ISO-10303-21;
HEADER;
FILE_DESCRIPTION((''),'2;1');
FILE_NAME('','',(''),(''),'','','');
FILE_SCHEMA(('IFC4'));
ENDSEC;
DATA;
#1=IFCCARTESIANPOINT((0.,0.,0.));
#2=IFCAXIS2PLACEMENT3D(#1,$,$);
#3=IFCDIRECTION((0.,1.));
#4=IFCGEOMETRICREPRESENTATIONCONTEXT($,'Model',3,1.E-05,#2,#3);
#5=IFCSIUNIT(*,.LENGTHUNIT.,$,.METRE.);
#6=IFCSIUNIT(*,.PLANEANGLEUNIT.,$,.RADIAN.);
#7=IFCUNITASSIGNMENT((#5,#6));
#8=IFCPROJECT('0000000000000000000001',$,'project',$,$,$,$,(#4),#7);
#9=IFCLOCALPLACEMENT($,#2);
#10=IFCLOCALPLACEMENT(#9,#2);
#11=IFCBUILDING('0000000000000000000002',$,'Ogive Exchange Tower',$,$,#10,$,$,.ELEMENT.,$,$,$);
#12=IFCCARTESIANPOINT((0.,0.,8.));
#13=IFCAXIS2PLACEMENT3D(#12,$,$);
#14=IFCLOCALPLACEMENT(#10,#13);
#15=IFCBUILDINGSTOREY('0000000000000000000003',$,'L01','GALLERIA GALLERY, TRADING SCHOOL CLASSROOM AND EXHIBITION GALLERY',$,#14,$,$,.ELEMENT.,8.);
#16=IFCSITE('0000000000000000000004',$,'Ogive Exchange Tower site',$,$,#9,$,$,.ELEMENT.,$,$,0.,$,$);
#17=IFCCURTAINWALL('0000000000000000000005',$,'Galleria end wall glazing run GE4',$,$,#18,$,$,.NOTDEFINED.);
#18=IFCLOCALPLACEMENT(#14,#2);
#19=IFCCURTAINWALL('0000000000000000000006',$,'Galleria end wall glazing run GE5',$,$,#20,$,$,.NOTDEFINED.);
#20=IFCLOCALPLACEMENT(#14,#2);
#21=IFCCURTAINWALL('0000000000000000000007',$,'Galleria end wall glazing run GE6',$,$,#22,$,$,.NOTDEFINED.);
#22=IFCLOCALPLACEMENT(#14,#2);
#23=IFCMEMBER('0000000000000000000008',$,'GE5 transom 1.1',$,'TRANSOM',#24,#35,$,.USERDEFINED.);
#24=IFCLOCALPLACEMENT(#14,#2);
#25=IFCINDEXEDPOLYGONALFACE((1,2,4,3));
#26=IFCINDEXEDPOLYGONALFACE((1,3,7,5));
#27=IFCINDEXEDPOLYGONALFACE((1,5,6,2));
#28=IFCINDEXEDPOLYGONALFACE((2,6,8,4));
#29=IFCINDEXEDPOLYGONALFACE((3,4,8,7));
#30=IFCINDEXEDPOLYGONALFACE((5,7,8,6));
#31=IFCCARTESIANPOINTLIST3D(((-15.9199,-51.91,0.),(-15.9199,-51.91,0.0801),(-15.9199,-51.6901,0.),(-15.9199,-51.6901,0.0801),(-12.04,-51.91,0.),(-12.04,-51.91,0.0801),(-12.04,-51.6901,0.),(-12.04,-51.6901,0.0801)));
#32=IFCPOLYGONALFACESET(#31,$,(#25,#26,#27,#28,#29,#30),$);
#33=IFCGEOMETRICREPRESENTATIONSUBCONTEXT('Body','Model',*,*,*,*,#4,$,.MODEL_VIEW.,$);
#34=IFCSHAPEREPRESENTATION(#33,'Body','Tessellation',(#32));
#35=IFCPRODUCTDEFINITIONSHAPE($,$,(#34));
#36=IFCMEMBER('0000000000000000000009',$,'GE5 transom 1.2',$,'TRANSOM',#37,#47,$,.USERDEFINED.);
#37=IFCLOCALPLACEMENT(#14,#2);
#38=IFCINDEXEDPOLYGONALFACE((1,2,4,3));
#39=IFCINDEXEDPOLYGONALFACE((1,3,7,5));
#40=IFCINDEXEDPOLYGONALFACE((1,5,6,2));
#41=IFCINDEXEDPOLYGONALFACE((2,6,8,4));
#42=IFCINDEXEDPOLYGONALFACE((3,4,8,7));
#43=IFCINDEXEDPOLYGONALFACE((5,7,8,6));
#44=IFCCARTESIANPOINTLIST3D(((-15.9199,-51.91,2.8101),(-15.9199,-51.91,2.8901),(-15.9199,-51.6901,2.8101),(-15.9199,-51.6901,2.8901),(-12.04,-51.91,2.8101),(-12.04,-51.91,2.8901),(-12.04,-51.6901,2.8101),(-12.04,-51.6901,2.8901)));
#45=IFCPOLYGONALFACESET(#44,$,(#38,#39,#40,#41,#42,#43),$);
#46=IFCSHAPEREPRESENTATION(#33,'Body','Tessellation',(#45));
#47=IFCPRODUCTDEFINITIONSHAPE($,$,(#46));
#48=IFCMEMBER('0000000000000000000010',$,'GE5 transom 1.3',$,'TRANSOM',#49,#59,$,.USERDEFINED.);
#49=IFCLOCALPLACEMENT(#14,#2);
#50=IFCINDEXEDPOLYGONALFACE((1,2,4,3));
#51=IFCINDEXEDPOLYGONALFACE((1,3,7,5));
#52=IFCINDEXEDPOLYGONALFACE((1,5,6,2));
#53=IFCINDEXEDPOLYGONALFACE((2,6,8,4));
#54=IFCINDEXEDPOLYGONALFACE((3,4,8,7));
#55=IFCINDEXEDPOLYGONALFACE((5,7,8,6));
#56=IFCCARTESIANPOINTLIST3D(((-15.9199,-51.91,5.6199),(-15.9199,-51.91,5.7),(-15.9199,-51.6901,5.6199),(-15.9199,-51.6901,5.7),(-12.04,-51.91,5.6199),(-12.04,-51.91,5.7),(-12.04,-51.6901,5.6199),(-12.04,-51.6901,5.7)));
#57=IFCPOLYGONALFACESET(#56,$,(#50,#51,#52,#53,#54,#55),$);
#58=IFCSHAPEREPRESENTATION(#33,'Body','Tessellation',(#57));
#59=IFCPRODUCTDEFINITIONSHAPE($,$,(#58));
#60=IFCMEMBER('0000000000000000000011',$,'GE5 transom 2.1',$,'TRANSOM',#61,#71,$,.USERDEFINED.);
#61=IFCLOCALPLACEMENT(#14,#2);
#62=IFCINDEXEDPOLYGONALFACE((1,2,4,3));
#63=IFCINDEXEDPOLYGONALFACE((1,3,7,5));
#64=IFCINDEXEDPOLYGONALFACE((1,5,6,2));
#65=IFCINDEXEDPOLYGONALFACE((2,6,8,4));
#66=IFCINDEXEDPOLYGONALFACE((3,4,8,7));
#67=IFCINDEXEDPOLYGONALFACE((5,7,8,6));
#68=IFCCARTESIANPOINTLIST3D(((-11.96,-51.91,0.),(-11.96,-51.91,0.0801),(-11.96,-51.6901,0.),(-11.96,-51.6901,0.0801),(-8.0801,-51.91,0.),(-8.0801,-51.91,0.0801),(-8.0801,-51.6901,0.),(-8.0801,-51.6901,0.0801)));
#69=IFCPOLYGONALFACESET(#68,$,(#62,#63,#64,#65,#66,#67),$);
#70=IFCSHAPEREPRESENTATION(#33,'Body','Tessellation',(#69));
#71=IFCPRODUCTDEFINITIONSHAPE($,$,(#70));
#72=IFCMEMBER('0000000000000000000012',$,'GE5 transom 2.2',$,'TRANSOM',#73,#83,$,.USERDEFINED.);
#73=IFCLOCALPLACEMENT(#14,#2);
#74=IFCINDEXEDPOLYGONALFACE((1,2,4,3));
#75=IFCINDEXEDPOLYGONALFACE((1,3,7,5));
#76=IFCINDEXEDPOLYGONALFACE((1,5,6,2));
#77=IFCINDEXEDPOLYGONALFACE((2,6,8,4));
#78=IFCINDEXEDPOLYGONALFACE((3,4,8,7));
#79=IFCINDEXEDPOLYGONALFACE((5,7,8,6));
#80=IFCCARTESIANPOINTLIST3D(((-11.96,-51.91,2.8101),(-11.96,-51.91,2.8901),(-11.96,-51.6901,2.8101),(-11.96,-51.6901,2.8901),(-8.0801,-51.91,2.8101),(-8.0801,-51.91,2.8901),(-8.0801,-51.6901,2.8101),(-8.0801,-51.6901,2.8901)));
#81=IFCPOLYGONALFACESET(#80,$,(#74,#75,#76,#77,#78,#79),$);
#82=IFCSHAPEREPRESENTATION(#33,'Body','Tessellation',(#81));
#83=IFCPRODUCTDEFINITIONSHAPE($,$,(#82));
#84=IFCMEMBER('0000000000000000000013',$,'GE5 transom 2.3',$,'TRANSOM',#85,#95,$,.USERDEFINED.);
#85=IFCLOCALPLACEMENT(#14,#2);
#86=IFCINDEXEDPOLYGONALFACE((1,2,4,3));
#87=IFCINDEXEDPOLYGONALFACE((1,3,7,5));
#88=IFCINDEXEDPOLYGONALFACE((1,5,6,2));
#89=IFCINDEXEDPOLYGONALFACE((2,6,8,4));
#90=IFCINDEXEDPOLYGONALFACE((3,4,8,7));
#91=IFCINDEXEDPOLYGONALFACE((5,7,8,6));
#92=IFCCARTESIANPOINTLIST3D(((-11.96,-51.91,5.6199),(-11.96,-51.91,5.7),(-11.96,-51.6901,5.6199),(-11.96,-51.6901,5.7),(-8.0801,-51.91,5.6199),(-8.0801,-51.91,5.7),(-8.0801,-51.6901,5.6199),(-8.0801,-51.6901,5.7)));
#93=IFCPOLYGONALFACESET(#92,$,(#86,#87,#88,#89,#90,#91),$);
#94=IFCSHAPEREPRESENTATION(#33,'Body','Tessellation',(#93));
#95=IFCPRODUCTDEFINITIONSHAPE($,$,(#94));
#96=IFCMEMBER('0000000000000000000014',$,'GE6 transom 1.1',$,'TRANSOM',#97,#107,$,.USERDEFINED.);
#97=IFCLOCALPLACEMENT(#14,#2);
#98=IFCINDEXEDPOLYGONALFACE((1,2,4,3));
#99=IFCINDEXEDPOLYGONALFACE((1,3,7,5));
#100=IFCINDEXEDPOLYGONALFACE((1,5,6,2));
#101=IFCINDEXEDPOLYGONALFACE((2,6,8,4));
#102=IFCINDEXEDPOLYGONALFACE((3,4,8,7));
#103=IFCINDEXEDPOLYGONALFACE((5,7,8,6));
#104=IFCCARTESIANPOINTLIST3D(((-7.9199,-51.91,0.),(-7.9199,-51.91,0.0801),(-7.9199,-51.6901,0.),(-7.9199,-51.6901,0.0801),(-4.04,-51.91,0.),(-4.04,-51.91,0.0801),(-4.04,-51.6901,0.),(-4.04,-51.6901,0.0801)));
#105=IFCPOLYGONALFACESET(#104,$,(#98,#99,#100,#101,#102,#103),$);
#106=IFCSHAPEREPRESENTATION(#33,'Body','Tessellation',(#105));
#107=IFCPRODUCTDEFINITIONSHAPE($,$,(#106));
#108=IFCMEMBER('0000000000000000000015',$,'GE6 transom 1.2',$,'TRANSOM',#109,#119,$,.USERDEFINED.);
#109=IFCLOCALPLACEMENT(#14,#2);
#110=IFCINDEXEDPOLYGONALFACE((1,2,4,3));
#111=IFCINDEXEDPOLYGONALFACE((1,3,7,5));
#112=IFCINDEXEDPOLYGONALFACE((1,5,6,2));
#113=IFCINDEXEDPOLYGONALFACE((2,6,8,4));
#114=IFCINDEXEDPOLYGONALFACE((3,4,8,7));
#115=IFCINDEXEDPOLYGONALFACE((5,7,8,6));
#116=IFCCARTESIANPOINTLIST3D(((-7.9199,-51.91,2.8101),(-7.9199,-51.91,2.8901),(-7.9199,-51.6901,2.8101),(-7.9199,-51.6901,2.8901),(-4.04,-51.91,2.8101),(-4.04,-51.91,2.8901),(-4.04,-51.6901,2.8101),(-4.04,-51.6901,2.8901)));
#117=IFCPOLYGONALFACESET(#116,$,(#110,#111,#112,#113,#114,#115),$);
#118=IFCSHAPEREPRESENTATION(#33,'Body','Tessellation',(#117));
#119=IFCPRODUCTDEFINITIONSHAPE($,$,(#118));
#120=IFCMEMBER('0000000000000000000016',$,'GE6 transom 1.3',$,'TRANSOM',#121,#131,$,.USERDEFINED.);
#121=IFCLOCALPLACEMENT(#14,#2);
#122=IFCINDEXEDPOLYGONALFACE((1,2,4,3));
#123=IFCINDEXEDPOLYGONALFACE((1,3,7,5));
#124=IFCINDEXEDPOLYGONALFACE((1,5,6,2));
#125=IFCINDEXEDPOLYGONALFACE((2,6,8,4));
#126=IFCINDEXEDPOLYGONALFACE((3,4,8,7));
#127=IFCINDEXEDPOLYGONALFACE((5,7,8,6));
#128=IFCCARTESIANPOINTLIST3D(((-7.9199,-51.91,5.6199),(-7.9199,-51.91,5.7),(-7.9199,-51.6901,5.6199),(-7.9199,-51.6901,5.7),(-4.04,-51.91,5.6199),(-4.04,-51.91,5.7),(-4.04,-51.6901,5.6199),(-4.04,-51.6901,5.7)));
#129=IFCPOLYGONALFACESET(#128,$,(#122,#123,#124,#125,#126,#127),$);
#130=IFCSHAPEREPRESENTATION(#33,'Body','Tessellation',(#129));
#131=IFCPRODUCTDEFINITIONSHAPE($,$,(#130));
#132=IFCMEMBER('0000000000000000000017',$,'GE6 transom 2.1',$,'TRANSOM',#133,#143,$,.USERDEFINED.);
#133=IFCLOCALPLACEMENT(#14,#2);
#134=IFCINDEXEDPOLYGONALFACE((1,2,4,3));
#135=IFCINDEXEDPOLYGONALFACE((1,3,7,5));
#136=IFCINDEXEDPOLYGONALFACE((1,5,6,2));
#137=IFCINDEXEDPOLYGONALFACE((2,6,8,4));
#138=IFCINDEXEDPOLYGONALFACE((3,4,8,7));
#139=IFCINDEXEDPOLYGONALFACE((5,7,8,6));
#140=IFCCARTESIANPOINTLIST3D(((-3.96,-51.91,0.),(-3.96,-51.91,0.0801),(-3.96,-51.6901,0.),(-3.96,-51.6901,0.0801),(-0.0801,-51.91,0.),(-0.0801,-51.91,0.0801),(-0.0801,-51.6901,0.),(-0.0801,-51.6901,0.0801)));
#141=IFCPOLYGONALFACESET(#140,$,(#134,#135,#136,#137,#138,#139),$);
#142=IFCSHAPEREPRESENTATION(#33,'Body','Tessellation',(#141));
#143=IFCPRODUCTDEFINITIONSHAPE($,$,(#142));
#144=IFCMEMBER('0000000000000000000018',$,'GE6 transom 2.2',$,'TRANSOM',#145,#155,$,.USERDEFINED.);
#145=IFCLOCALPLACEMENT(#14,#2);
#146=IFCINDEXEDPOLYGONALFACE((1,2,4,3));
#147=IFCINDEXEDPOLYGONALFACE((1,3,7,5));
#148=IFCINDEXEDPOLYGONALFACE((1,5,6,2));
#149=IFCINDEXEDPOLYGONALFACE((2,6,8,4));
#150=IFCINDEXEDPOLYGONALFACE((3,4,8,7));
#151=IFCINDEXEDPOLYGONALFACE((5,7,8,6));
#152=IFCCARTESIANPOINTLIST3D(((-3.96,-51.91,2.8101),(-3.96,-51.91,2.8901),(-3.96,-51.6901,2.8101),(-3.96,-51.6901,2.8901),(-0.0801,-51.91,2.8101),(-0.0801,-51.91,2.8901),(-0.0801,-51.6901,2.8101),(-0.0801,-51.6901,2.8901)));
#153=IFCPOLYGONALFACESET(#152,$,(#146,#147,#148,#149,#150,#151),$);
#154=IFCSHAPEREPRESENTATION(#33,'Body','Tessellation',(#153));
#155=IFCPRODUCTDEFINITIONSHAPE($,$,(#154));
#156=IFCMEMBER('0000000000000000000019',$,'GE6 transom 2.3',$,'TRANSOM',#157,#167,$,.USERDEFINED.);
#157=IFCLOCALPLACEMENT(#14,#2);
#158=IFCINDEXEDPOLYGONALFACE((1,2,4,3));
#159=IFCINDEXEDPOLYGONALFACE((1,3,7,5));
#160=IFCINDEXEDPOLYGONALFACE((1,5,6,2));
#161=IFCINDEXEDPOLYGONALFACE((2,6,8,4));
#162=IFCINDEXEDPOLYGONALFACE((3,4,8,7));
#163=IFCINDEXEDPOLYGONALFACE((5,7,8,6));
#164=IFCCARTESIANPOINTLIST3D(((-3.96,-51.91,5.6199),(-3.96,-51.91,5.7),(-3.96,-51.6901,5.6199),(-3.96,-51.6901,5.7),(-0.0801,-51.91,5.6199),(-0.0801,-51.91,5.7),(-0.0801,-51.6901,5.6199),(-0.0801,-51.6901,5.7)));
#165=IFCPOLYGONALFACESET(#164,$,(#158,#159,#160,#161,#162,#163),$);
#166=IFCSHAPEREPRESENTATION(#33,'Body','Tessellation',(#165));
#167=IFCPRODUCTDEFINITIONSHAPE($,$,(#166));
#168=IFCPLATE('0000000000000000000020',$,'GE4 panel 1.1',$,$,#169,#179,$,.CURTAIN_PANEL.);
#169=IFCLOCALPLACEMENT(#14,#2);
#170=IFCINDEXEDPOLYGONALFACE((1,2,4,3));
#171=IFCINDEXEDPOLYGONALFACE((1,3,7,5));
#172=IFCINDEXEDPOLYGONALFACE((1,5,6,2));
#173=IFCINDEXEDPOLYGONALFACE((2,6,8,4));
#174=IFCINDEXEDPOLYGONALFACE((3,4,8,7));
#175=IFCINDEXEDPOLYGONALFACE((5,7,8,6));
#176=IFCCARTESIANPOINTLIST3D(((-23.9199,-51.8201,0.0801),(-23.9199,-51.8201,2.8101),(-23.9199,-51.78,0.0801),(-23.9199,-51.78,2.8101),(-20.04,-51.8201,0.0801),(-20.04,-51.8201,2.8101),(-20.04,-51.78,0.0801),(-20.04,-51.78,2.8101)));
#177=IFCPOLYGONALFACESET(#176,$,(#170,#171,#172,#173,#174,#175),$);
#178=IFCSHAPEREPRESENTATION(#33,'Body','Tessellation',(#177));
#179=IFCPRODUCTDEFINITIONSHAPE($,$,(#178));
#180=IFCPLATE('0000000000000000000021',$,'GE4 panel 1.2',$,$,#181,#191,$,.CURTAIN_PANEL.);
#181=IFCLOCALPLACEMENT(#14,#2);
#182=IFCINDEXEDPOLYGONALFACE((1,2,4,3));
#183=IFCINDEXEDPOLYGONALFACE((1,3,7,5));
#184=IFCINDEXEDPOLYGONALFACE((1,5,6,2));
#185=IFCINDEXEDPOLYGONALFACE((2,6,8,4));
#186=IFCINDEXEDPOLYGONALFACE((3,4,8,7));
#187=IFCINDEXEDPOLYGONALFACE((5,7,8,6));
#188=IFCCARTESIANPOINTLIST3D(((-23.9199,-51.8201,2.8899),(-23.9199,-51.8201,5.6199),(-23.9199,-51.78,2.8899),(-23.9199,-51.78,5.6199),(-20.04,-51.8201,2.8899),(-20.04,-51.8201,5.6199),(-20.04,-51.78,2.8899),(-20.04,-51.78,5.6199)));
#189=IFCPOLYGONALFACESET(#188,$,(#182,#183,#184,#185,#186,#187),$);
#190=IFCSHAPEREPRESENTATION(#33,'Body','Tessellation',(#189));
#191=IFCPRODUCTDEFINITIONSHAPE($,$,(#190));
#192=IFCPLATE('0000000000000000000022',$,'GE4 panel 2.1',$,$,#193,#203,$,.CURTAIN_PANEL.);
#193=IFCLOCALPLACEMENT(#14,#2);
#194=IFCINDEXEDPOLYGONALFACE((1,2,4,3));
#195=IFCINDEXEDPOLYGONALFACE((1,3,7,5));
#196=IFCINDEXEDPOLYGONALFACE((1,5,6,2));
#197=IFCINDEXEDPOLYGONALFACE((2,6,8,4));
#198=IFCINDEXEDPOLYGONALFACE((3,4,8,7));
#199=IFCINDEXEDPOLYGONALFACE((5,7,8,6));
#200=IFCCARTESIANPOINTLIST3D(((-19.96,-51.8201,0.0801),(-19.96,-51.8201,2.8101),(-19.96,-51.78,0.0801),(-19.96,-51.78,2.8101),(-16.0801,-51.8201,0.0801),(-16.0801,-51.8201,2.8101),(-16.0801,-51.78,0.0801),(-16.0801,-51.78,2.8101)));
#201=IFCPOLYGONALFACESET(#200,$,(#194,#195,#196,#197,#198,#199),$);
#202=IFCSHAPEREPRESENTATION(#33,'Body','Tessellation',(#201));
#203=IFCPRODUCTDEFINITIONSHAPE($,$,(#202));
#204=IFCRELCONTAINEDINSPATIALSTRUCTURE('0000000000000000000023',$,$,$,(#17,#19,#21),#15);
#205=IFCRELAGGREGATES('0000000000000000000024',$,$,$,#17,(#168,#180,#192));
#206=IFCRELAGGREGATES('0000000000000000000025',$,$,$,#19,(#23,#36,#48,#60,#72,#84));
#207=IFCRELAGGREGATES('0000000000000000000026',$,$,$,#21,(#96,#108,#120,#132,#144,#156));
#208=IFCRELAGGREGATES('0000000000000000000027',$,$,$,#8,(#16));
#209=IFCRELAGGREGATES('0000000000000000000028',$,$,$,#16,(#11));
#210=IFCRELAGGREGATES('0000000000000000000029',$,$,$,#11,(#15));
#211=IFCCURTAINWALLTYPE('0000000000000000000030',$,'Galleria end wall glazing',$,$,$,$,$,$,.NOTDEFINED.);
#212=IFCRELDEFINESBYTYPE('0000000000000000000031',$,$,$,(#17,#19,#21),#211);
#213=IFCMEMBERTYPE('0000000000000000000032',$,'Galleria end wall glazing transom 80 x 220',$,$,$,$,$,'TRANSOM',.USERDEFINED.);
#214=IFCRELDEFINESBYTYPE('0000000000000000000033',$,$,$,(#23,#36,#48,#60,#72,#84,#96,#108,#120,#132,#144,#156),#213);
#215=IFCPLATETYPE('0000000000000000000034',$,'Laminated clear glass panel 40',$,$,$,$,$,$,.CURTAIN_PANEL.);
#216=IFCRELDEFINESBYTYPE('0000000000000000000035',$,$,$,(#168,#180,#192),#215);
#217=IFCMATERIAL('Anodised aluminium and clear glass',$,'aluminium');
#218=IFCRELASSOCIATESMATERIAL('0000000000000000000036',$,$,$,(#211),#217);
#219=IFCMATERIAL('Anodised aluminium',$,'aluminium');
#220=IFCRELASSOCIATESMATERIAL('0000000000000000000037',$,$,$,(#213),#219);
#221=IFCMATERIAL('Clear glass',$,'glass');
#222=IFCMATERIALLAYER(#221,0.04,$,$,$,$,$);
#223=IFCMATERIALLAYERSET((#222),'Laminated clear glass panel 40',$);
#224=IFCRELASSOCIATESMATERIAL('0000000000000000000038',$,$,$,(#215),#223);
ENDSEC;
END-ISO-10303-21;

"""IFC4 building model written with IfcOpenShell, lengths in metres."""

from ifc_helpers import new_model, si_unit, direction, frame, origin, origin_2d, place, context, subcontext, project, spatial, rectangle, extrude, material, layer, layer_set, material_profile, profile_set, type_object, element, aggregate, save


model = new_model("IFC4")

# Units and contexts
model_context = context("Model", 3, precision=1e-05, world=origin(), true_north=direction((0.0, 1.0)))
body_context = subcontext(model_context, "Body", "Model", "MODEL_VIEW")
ifc_project = project(units=[si_unit("LENGTHUNIT", "METRE"), si_unit("PLANEANGLEUNIT", "RADIAN")], contexts=[model_context])

# Site, building, storey
site_placement = place(None, origin())
site = spatial("IfcSite", under=ifc_project, at=site_placement, Name="Ogive Exchange Tower site", CompositionType="ELEMENT", RefElevation=0.0)
building_placement = place(site_placement, origin())
building = spatial("IfcBuilding", under=site, at=building_placement, Name="Ogive Exchange Tower", CompositionType="ELEMENT")
storey_placement = place(building_placement, frame((0.0, 0.0, 8.0)))
storey = spatial("IfcBuildingStorey", under=building, at=storey_placement, Name="L01", Description="GALLERIA GALLERY, TRADING SCHOOL CLASSROOM AND EXHIBITION GALLERY", CompositionType="ELEMENT", Elevation=8.0)

# Curtain walls
ifc_material_1 = material(Name="Anodised aluminium and clear glass", Category="aluminium")
curtain_wall_type = type_object("IfcCurtainWallType", Name="Galleria end wall glazing", PredefinedType="NOTDEFINED", material=ifc_material_1)
curtain_wall_1_placement = place(storey_placement, origin())
curtain_wall_1 = element("IfcCurtainWall", 1, at=curtain_wall_1_placement, inside=storey, type_object=curtain_wall_type, Name="Galleria end wall glazing run GE4", PredefinedType="NOTDEFINED")
ifc_material_2 = material(Name="Anodised aluminium", Category="aluminium")
curtain_wall_2_placement = place(storey_placement, origin())
curtain_wall_2 = element("IfcCurtainWall", 2, at=curtain_wall_2_placement, inside=storey, type_object=curtain_wall_type, Name="Galleria end wall glazing run GE5", PredefinedType="NOTDEFINED")
curtain_wall_3_placement = place(storey_placement, origin())
curtain_wall_3 = element("IfcCurtainWall", 3, at=curtain_wall_3_placement, inside=storey, type_object=curtain_wall_type, Name="Galleria end wall glazing run GE6", PredefinedType="NOTDEFINED")

# Members
ifc_material_profile_1 = material_profile(ifc_material_2, rectangle(XDim=0.22, YDim=0.0801, at=origin_2d()), Name="AL 80x220")
ifc_profile_set_1 = profile_set([ifc_material_profile_1], Name="Anodised aluminium")
member_type_1 = type_object("IfcMemberType", Name="Galleria end wall glazing transom 80 x 220", ElementType="TRANSOM", PredefinedType="USERDEFINED", material=ifc_profile_set_1)
member_1_placement = place(storey_placement, frame((-15.9199, -51.8, 0.04), z_axis=(1.0, 0.0, 0.0), x_axis=(0.0, 1.0, 0.0)))
member_1 = element("IfcMember", 4, at=member_1_placement, type_object=member_type_1, Name="GE5 transom 1.1", ObjectType="TRANSOM", PredefinedType="USERDEFINED", context=body_context, shape_type="SweptSolid", body=[
    extrude(rectangle(XDim=0.22, YDim=0.0801, at=origin_2d()), origin(), (0.0, 0.0, 1.0), 3.8799),
])
member_2_placement = place(storey_placement, frame((-15.9199, -51.8, 2.8501), z_axis=(1.0, 0.0, 0.0), x_axis=(0.0, 1.0, 0.0)))
member_2 = element("IfcMember", 5, at=member_2_placement, type_object=member_type_1, Name="GE5 transom 1.2", ObjectType="TRANSOM", PredefinedType="USERDEFINED", context=body_context, shape_type="SweptSolid", body=[
    extrude(rectangle(XDim=0.22, YDim=0.0801, at=origin_2d()), origin(), (0.0, 0.0, 1.0), 3.8799),
])
member_3_placement = place(storey_placement, frame((-15.9199, -51.8, 5.6599), z_axis=(1.0, 0.0, 0.0), x_axis=(0.0, 1.0, 0.0)))
member_3 = element("IfcMember", 6, at=member_3_placement, type_object=member_type_1, Name="GE5 transom 1.3", ObjectType="TRANSOM", PredefinedType="USERDEFINED", context=body_context, shape_type="SweptSolid", body=[
    extrude(rectangle(XDim=0.22, YDim=0.0801, at=origin_2d()), origin(), (0.0, 0.0, 1.0), 3.8799),
])
member_4_placement = place(storey_placement, frame((-11.96, -51.8, 0.04), z_axis=(1.0, 0.0, 0.0), x_axis=(0.0, 1.0, 0.0)))
member_4 = element("IfcMember", 7, at=member_4_placement, type_object=member_type_1, Name="GE5 transom 2.1", ObjectType="TRANSOM", PredefinedType="USERDEFINED", context=body_context, shape_type="SweptSolid", body=[
    extrude(rectangle(XDim=0.22, YDim=0.0801, at=origin_2d()), origin(), (0.0, 0.0, 1.0), 3.8799),
])
member_5_placement = place(storey_placement, frame((-11.96, -51.8, 2.8501), z_axis=(1.0, 0.0, 0.0), x_axis=(0.0, 1.0, 0.0)))
member_5 = element("IfcMember", 8, at=member_5_placement, type_object=member_type_1, Name="GE5 transom 2.2", ObjectType="TRANSOM", PredefinedType="USERDEFINED", context=body_context, shape_type="SweptSolid", body=[
    extrude(rectangle(XDim=0.22, YDim=0.0801, at=origin_2d()), origin(), (0.0, 0.0, 1.0), 3.8799),
])
member_6_placement = place(storey_placement, frame((-11.96, -51.8, 5.6599), z_axis=(1.0, 0.0, 0.0), x_axis=(0.0, 1.0, 0.0)))
member_6 = element("IfcMember", 9, at=member_6_placement, type_object=member_type_1, Name="GE5 transom 2.3", ObjectType="TRANSOM", PredefinedType="USERDEFINED", context=body_context, shape_type="SweptSolid", body=[
    extrude(rectangle(XDim=0.22, YDim=0.0801, at=origin_2d()), origin(), (0.0, 0.0, 1.0), 3.8799),
])
member_7_placement = place(storey_placement, frame((-7.9199, -51.8, 0.04), z_axis=(1.0, 0.0, 0.0), x_axis=(0.0, 1.0, 0.0)))
member_7 = element("IfcMember", 10, at=member_7_placement, type_object=member_type_1, Name="GE6 transom 1.1", ObjectType="TRANSOM", PredefinedType="USERDEFINED", context=body_context, shape_type="SweptSolid", body=[
    extrude(rectangle(XDim=0.22, YDim=0.0801, at=origin_2d()), origin(), (0.0, 0.0, 1.0), 3.8799),
])
member_8_placement = place(storey_placement, frame((-7.9199, -51.8, 2.8501), z_axis=(1.0, 0.0, 0.0), x_axis=(0.0, 1.0, 0.0)))
member_8 = element("IfcMember", 11, at=member_8_placement, type_object=member_type_1, Name="GE6 transom 1.2", ObjectType="TRANSOM", PredefinedType="USERDEFINED", context=body_context, shape_type="SweptSolid", body=[
    extrude(rectangle(XDim=0.22, YDim=0.0801, at=origin_2d()), origin(), (0.0, 0.0, 1.0), 3.8799),
])
member_9_placement = place(storey_placement, frame((-7.9199, -51.8, 5.6599), z_axis=(1.0, 0.0, 0.0), x_axis=(0.0, 1.0, 0.0)))
member_9 = element("IfcMember", 12, at=member_9_placement, type_object=member_type_1, Name="GE6 transom 1.3", ObjectType="TRANSOM", PredefinedType="USERDEFINED", context=body_context, shape_type="SweptSolid", body=[
    extrude(rectangle(XDim=0.22, YDim=0.0801, at=origin_2d()), origin(), (0.0, 0.0, 1.0), 3.8799),
])
member_10_placement = place(storey_placement, frame((-3.96, -51.8, 0.04), z_axis=(1.0, 0.0, 0.0), x_axis=(0.0, 1.0, 0.0)))
member_10 = element("IfcMember", 13, at=member_10_placement, type_object=member_type_1, Name="GE6 transom 2.1", ObjectType="TRANSOM", PredefinedType="USERDEFINED", context=body_context, shape_type="SweptSolid", body=[
    extrude(rectangle(XDim=0.22, YDim=0.0801, at=origin_2d()), origin(), (0.0, 0.0, 1.0), 3.8799),
])
member_11_placement = place(storey_placement, frame((-3.96, -51.8, 2.8501), z_axis=(1.0, 0.0, 0.0), x_axis=(0.0, 1.0, 0.0)))
member_11 = element("IfcMember", 14, at=member_11_placement, type_object=member_type_1, Name="GE6 transom 2.2", ObjectType="TRANSOM", PredefinedType="USERDEFINED", context=body_context, shape_type="SweptSolid", body=[
    extrude(rectangle(XDim=0.22, YDim=0.0801, at=origin_2d()), origin(), (0.0, 0.0, 1.0), 3.8799),
])
member_12_placement = place(storey_placement, frame((-3.96, -51.8, 5.6599), z_axis=(1.0, 0.0, 0.0), x_axis=(0.0, 1.0, 0.0)))
member_12 = element("IfcMember", 15, at=member_12_placement, type_object=member_type_1, Name="GE6 transom 2.3", ObjectType="TRANSOM", PredefinedType="USERDEFINED", context=body_context, shape_type="SweptSolid", body=[
    extrude(rectangle(XDim=0.22, YDim=0.0801, at=origin_2d()), origin(), (0.0, 0.0, 1.0), 3.8799),
])

# Plates
ifc_material_3 = material(Name="Clear glass", Category="glass")
ifc_layer = layer(ifc_material_3, 0.04)
ifc_layer_set = layer_set([ifc_layer], Name="Laminated clear glass panel 40")
plate_type = type_object("IfcPlateType", Name="Laminated clear glass panel 40", PredefinedType="CURTAIN_PANEL", material=ifc_layer_set)
plate_1_placement = place(storey_placement, frame((-21.98, -51.8, 0.0801), z_axis=(0.0, 0.0, 1.0), x_axis=(1.0, 0.0, 0.0)))
plate_1 = element("IfcPlate", 16, at=plate_1_placement, type_object=plate_type, Name="GE4 panel 1.1", PredefinedType="CURTAIN_PANEL", context=body_context, shape_type="SweptSolid", body=[
    extrude(rectangle(XDim=3.8799, YDim=0.04, at=origin_2d()), origin(), (0.0, 0.0, 1.0), 2.73),
])
plate_2_placement = place(storey_placement, frame((-21.98, -51.8, 2.8899), z_axis=(0.0, 0.0, 1.0), x_axis=(1.0, 0.0, 0.0)))
plate_2 = element("IfcPlate", 17, at=plate_2_placement, type_object=plate_type, Name="GE4 panel 1.2", PredefinedType="CURTAIN_PANEL", context=body_context, shape_type="SweptSolid", body=[
    extrude(rectangle(XDim=3.8799, YDim=0.04, at=origin_2d()), origin(), (0.0, 0.0, 1.0), 2.73),
])
plate_3_placement = place(storey_placement, frame((-18.02, -51.8, 0.0801), z_axis=(0.0, 0.0, 1.0), x_axis=(1.0, 0.0, 0.0)))
plate_3 = element("IfcPlate", 18, at=plate_3_placement, type_object=plate_type, Name="GE4 panel 2.1", PredefinedType="CURTAIN_PANEL", context=body_context, shape_type="SweptSolid", body=[
    extrude(rectangle(XDim=3.8799, YDim=0.04, at=origin_2d()), origin(), (0.0, 0.0, 1.0), 2.73),
])
aggregate(curtain_wall_1, [plate_1, plate_2, plate_3])
aggregate(curtain_wall_2, [member_1, member_2, member_3, member_4, member_5, member_6])
aggregate(curtain_wall_3, [member_7, member_8, member_9, member_10, member_11, member_12])

save(model, "model.ifc")
